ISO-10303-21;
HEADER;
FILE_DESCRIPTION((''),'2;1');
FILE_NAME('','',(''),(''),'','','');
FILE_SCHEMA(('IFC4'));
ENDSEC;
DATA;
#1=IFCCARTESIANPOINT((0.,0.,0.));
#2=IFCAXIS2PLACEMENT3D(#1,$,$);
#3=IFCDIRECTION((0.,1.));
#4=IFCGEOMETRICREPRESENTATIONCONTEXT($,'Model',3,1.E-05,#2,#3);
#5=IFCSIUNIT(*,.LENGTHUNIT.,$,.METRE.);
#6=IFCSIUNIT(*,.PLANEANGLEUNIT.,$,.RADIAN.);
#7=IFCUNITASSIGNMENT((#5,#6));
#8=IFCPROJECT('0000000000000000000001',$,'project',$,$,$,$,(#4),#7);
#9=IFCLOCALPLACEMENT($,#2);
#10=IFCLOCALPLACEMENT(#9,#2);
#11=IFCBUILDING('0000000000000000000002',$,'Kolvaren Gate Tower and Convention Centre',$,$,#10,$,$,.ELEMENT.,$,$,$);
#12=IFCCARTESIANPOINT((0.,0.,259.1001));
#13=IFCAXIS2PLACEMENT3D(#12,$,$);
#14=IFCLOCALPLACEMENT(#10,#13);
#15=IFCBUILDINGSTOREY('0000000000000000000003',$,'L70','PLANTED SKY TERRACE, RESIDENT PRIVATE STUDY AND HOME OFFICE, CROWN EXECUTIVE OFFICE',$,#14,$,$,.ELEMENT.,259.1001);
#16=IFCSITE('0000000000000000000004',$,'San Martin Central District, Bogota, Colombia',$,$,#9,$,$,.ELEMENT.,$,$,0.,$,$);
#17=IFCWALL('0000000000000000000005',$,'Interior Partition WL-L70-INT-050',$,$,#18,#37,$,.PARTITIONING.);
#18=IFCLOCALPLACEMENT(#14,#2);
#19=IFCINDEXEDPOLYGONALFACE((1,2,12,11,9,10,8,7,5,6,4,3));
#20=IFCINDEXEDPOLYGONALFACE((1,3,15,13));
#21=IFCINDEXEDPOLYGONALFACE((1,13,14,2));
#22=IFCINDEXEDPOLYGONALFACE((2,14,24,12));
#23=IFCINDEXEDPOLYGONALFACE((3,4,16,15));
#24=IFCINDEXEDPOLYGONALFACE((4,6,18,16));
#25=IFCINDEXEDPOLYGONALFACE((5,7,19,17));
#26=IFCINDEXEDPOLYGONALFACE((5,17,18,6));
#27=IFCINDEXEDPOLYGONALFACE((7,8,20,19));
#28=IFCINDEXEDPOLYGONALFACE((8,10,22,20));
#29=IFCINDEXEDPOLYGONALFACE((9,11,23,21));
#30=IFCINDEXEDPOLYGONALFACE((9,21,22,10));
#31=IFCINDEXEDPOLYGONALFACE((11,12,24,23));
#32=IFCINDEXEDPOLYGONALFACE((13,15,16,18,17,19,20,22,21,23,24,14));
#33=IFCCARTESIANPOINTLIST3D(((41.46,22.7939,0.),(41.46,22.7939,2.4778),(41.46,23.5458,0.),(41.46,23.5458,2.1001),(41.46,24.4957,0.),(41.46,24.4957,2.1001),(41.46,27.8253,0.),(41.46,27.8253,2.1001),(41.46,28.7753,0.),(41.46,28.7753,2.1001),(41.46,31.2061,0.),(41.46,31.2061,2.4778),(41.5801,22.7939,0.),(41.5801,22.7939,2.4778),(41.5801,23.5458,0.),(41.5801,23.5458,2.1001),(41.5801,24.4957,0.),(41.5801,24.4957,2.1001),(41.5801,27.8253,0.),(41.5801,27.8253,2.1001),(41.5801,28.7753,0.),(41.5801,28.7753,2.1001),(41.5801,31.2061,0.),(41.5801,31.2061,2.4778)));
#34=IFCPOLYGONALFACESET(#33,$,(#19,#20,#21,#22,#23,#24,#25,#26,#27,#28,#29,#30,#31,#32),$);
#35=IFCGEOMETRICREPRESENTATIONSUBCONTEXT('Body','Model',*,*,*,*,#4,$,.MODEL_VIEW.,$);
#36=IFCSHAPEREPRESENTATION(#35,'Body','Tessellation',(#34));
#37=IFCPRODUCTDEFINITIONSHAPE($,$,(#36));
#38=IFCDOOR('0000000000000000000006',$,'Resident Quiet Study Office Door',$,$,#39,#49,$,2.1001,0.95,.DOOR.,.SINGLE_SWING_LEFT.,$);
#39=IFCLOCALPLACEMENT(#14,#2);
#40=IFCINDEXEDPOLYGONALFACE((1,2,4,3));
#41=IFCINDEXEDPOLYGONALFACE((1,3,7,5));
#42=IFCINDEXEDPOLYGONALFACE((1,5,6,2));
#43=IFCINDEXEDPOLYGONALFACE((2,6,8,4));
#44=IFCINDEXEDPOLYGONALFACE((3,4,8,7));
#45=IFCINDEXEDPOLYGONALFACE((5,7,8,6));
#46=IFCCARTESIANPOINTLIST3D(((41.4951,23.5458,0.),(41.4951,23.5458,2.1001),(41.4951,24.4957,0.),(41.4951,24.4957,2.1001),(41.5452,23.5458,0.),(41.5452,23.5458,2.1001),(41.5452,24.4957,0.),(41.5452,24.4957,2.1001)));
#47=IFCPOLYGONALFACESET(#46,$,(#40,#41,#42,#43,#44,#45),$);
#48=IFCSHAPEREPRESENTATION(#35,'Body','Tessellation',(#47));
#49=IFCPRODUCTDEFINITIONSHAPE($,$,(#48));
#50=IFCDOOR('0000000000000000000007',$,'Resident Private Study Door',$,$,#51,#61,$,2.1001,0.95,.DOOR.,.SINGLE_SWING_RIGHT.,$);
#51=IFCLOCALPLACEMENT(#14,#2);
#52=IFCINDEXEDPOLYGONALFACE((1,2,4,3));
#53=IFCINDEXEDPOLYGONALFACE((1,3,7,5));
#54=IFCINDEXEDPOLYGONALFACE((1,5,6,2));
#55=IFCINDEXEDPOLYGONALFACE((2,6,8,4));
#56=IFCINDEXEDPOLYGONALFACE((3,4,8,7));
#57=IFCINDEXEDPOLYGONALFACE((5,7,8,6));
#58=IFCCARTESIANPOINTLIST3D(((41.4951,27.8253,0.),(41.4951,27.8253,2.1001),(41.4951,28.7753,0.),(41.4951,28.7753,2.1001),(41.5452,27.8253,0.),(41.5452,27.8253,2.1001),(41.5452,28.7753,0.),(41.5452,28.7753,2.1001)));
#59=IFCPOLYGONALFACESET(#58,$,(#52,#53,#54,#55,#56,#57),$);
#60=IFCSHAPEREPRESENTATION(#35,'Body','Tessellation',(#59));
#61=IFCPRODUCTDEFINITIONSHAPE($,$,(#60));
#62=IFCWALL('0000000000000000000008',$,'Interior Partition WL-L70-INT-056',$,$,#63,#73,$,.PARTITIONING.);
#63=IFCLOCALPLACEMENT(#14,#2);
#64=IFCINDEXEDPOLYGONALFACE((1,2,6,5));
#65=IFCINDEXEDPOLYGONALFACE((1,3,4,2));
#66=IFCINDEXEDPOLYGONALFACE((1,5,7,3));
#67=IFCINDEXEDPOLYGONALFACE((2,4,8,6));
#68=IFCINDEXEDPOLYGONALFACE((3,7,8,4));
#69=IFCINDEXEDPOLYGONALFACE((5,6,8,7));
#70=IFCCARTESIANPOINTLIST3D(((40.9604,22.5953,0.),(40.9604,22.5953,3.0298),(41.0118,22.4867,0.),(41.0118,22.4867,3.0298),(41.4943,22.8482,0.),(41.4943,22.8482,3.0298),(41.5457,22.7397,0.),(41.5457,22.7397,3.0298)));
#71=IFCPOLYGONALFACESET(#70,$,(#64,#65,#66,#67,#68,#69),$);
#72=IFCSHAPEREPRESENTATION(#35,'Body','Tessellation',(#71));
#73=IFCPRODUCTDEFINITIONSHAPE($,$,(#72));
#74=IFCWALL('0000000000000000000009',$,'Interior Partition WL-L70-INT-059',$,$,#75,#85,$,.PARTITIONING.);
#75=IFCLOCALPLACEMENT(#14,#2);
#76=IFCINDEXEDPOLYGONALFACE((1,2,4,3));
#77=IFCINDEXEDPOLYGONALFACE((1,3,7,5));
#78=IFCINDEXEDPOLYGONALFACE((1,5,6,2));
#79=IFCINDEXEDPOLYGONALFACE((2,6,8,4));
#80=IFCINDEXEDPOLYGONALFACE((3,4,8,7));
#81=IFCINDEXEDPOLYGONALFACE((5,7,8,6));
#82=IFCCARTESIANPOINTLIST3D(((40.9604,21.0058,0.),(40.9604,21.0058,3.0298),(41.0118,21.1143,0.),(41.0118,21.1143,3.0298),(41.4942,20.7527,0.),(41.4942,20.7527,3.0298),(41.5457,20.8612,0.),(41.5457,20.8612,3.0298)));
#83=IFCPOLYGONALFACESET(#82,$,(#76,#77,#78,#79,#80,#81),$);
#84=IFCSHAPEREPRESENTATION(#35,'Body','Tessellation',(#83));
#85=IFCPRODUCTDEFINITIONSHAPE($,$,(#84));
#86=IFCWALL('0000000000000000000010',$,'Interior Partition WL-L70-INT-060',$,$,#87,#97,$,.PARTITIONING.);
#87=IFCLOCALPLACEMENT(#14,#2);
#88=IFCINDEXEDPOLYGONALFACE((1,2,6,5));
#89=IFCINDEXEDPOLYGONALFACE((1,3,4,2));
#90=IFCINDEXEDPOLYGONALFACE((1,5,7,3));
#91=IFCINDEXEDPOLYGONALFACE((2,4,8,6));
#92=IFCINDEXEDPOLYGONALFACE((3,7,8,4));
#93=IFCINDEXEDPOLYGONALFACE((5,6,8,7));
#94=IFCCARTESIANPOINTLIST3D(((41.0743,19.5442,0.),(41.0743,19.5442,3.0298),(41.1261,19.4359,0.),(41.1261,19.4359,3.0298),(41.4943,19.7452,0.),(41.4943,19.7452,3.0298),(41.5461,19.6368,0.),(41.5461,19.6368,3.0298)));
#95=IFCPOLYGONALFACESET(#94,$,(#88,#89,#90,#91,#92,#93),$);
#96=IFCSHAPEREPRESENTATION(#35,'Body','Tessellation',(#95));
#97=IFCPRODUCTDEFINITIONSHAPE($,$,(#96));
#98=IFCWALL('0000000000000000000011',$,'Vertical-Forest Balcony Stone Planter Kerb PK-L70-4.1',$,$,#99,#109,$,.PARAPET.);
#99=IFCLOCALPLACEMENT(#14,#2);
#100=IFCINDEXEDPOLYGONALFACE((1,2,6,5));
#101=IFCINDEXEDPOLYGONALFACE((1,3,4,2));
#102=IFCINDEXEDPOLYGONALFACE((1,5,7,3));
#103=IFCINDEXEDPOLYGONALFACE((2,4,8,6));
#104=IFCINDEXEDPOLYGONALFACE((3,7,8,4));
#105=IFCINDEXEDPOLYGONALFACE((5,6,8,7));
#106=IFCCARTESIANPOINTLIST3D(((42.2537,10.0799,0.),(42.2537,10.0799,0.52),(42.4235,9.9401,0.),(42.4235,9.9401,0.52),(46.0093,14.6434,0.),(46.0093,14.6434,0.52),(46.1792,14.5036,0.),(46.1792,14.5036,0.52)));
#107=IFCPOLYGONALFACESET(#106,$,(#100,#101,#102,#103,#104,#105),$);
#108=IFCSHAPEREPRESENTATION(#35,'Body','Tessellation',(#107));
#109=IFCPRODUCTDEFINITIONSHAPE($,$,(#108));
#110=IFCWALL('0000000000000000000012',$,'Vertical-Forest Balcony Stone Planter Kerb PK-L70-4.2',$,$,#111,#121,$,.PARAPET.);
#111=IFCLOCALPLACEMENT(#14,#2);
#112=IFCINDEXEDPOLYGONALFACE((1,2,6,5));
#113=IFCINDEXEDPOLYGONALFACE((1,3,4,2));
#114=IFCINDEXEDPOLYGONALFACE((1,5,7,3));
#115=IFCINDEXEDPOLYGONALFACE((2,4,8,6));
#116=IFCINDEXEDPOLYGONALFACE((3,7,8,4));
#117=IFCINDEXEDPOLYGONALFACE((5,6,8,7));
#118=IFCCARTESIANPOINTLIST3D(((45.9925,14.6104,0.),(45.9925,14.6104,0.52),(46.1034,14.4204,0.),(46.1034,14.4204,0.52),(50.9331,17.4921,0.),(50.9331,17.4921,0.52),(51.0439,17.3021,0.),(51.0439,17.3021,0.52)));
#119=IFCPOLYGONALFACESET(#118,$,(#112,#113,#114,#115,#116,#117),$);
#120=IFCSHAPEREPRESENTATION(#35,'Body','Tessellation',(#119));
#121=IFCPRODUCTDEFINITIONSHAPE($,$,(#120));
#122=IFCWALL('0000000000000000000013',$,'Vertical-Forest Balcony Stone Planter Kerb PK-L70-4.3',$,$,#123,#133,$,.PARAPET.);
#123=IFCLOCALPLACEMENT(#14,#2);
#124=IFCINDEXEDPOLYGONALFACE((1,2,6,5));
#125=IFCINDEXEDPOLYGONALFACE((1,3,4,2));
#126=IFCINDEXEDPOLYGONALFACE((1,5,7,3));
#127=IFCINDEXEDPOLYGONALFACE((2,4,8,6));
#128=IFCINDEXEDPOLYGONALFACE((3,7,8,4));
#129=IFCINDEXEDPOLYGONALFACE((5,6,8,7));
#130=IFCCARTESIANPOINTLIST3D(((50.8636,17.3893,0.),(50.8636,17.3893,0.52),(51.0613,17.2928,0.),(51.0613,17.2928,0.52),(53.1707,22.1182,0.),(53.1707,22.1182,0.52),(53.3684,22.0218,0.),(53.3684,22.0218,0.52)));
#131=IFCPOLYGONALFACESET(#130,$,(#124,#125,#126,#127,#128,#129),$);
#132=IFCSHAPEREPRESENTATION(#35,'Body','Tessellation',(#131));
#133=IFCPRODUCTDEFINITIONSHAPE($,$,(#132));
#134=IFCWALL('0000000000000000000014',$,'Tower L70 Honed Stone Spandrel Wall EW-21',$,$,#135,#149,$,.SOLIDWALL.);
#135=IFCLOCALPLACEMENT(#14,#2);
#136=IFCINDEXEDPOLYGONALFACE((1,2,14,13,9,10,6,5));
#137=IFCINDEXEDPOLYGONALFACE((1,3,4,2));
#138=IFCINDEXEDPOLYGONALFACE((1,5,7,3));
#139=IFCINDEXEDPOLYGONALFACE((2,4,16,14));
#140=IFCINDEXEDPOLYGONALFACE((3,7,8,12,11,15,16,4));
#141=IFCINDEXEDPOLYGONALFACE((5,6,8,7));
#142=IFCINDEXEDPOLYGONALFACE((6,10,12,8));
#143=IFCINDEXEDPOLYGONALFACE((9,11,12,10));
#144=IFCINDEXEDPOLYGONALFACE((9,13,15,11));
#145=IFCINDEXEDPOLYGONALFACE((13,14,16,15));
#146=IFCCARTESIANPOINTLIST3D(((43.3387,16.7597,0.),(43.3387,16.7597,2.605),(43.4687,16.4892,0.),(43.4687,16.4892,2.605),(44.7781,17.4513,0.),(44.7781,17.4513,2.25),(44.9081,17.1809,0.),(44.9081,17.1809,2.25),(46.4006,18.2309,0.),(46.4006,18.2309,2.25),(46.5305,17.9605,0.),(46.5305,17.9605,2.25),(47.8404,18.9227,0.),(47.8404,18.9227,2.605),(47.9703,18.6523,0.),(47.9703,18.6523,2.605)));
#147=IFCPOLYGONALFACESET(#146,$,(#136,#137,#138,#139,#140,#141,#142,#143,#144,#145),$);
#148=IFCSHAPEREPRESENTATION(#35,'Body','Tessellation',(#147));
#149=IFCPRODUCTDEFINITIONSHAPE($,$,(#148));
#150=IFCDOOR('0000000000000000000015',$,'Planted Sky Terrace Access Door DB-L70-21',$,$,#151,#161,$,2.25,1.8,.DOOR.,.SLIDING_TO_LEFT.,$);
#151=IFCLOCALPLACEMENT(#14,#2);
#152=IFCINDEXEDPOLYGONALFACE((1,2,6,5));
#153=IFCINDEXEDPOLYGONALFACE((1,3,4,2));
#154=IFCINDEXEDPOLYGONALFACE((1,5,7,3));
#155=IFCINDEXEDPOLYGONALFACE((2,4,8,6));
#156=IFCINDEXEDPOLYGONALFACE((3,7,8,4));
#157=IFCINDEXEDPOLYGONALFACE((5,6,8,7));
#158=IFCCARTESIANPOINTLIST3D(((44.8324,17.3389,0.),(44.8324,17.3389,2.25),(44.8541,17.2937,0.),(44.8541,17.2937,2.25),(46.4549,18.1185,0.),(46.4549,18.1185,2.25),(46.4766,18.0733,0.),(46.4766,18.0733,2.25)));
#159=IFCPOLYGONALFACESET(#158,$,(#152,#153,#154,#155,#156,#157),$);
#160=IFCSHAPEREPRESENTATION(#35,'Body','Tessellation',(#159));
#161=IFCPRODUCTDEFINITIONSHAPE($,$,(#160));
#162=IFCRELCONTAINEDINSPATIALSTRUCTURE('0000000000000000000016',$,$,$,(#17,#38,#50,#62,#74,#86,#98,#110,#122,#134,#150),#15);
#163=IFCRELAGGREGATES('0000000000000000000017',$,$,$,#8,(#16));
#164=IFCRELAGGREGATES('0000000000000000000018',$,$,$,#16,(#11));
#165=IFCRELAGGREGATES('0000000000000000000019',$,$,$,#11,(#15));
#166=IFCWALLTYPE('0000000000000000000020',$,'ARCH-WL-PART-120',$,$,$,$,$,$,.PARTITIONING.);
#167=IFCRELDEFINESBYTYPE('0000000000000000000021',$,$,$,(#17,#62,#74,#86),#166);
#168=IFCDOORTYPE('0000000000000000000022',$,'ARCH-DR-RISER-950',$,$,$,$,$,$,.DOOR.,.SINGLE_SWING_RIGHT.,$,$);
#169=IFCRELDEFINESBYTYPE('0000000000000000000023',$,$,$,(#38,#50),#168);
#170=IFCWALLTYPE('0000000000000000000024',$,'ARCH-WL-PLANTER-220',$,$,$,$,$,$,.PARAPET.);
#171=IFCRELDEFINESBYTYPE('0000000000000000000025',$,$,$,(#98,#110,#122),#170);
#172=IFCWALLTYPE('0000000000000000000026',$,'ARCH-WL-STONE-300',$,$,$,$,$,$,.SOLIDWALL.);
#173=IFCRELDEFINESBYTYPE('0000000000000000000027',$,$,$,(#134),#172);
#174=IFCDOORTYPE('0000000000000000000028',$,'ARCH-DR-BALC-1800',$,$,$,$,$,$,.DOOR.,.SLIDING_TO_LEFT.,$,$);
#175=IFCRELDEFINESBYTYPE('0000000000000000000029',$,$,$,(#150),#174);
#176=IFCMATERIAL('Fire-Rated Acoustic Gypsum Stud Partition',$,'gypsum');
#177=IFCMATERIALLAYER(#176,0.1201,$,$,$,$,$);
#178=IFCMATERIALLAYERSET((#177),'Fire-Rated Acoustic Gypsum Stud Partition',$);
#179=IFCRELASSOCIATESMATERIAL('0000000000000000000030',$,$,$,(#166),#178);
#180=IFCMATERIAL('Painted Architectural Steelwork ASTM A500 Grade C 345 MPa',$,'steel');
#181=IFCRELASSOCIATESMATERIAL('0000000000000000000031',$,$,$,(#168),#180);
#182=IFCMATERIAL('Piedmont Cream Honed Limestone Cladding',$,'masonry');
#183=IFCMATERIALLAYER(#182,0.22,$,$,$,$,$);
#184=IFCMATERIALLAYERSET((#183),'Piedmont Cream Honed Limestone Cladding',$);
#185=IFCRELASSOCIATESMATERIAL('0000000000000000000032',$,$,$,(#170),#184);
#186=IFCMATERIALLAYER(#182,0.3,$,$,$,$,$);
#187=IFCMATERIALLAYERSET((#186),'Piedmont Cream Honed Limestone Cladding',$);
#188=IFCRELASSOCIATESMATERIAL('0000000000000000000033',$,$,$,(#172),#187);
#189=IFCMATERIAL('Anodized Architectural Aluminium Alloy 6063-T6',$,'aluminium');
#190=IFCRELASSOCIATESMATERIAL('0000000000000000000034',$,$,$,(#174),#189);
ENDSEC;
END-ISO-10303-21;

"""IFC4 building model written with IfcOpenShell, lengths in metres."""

from ifc_helpers import new_model, si_unit, direction, frame, frame_2d, origin, place, context, subcontext, project, spatial, rectangle, extrude, material, layer, layer_set, type_object, element, fill, save


model = new_model("IFC4")

# Units and contexts
model_context = context("Model", 3, precision=1e-05, world=origin(), true_north=direction((0.0, 1.0)))
body_context = subcontext(model_context, "Body", "Model", "MODEL_VIEW")
ifc_project = project(units=[si_unit("LENGTHUNIT", "METRE"), si_unit("PLANEANGLEUNIT", "RADIAN")], contexts=[model_context])

# Site, building, storey
site_placement = place(None, origin())
site = spatial("IfcSite", under=ifc_project, at=site_placement, Name="San Martin Central District, Bogota, Colombia", CompositionType="ELEMENT", RefElevation=0.0)
building_placement = place(site_placement, origin())
building = spatial("IfcBuilding", under=site, at=building_placement, Name="Kolvaren Gate Tower and Convention Centre", CompositionType="ELEMENT")
storey_placement = place(building_placement, frame((0.0, 0.0, 259.1001)))
storey = spatial("IfcBuildingStorey", under=building, at=storey_placement, Name="L70", Description="PLANTED SKY TERRACE, RESIDENT PRIVATE STUDY AND HOME OFFICE, CROWN EXECUTIVE OFFICE", CompositionType="ELEMENT", Elevation=259.1001)

# Shared definitions
ifc_material_1 = material(Name="Fire-Rated Acoustic Gypsum Stud Partition", Category="gypsum")
ifc_layer_1 = layer(ifc_material_1, 0.1201)
ifc_layer_set_1 = layer_set([ifc_layer_1], Name="Fire-Rated Acoustic Gypsum Stud Partition")
wall_type_1 = type_object("IfcWallType", Name="ARCH-WL-PART-120", PredefinedType="PARTITIONING", material=ifc_layer_set_1)

# Wall, openings, doors
wall_1_placement = place(storey_placement, frame((41.52, 22.7939, 0.0), z_axis=(0.0, 0.0, 1.0), x_axis=(0.0, 1.0, 0.0)))
wall_1 = element("IfcWall", 1, at=wall_1_placement, inside=storey, type_object=wall_type_1, Name="Interior Partition WL-L70-INT-050", PredefinedType="PARTITIONING", context=body_context, shape_type="SweptSolid", body=[
    extrude(rectangle(XDim=8.4121, YDim=0.1201, at=frame_2d((4.2061, 0.0))), origin(), (0.0, 0.0, 1.0), 2.4778),
])
opening_1_placement = place(wall_1_placement, frame((0.7517, 0.0, 0.0)))
opening_1 = element("IfcOpeningElement", 2, at=opening_1_placement, cuts=wall_1, PredefinedType="OPENING", context=body_context, shape_type="SweptSolid", body=[
    extrude(rectangle(XDim=0.95, YDim=2.1001, at=frame_2d((0.4751, 1.05))), frame((0.0, 0.0701, 0.0), z_axis=(0.0, -1.0, 0.0), x_axis=(1.0, 0.0, 0.0)), (0.0, 0.0, 1.0), 0.1401),
])
opening_2_placement = place(wall_1_placement, frame((5.0312, 0.0, 0.0)))
opening_2 = element("IfcOpeningElement", 3, at=opening_2_placement, cuts=wall_1, PredefinedType="OPENING", context=body_context, shape_type="SweptSolid", body=[
    extrude(rectangle(XDim=0.95, YDim=2.1001, at=frame_2d((0.4751, 1.05))), frame((0.0, 0.0701, 0.0), z_axis=(0.0, -1.0, 0.0), x_axis=(1.0, 0.0, 0.0)), (0.0, 0.0, 1.0), 0.1401),
])
ifc_material_2 = material(Name="Painted Architectural Steelwork ASTM A500 Grade C 345 MPa", Category="steel")
door_type_1 = type_object("IfcDoorType", Name="ARCH-DR-RISER-950", OperationType="SINGLE_SWING_RIGHT", PredefinedType="DOOR", material=ifc_material_2)
door_1_placement = place(opening_1_placement, origin())
door_1 = element("IfcDoor", 4, at=door_1_placement, inside=storey, type_object=door_type_1, Name="Resident Quiet Study Office Door", OperationType="SINGLE_SWING_LEFT", OverallHeight=2.1001, OverallWidth=0.95, PredefinedType="DOOR", context=body_context, shape_type="SweptSolid", body=[
    extrude(rectangle(XDim=0.95, YDim=2.1001, at=frame_2d((0.4751, 1.05))), frame((0.0, 0.0249, 0.0), z_axis=(0.0, -1.0, 0.0), x_axis=(1.0, 0.0, 0.0)), (0.0, 0.0, 1.0), 0.05),
])
fill(opening_1, door_1)
door_2_placement = place(opening_2_placement, origin())
door_2 = element("IfcDoor", 5, at=door_2_placement, inside=storey, type_object=door_type_1, Name="Resident Private Study Door", OperationType="SINGLE_SWING_RIGHT", OverallHeight=2.1001, OverallWidth=0.95, PredefinedType="DOOR", context=body_context, shape_type="SweptSolid", body=[
    extrude(rectangle(XDim=0.95, YDim=2.1001, at=frame_2d((0.4751, 1.05))), frame((0.0, 0.0249, 0.0), z_axis=(0.0, -1.0, 0.0), x_axis=(1.0, 0.0, 0.0)), (0.0, 0.0, 1.0), 0.05),
])
fill(opening_2, door_2)

# Walls
for number, where, z_axis, x_axis, name in (
    (6, (40.9861, 22.541, 0.0), (0.0, 0.0, 1.0), (0.903729, 0.428104, 0.0), "Interior Partition WL-L70-INT-056"),
    (7, (40.9861, 21.0601, 0.0), (0.0, 0.0, 1.0), (0.90357, -0.428442, 0.0), "Interior Partition WL-L70-INT-059"),
):
    element("IfcWall", number, at=place(storey_placement, frame(where, z_axis=z_axis, x_axis=x_axis)), inside=storey, type_object=wall_type_1, Name=name, PredefinedType="PARTITIONING", context=body_context, shape_type="SweptSolid", body=[
        extrude(rectangle(XDim=0.5908, YDim=0.1201, at=frame_2d((0.2954, 0.0))), origin(), (0.0, 0.0, 1.0), 3.0298),
    ])
wall_2_placement = place(storey_placement, frame((41.1001, 19.49, 0.0), z_axis=(0.0, 0.0, 1.0), x_axis=(0.902054, 0.431623, 0.0)))
element("IfcWall", 8, at=wall_2_placement, inside=storey, type_object=wall_type_1, Name="Interior Partition WL-L70-INT-060", PredefinedType="PARTITIONING", context=body_context, shape_type="SweptSolid", body=[
    extrude(rectangle(XDim=0.4656, YDim=0.1201, at=frame_2d((0.2329, 0.0))), origin(), (0.0, 0.0, 1.0), 3.0298),
])
ifc_material_3 = material(Name="Piedmont Cream Honed Limestone Cladding", Category="masonry")
ifc_layer_2 = layer(ifc_material_3, 0.22)
ifc_layer_set_2 = layer_set([ifc_layer_2], Name="Piedmont Cream Honed Limestone Cladding")
wall_type_2 = type_object("IfcWallType", Name="ARCH-WL-PLANTER-220", PredefinedType="PARAPET", material=ifc_layer_set_2)
wall_3_placement = place(storey_placement, frame((42.3386, 10.01, 0.0), z_axis=(0.0, 0.0, 1.0), x_axis=(0.635451, 0.772141, 0.0)))
element("IfcWall", 9, at=wall_3_placement, inside=storey, type_object=wall_type_2, Name="Vertical-Forest Balcony Stone Planter Kerb PK-L70-4.1", PredefinedType="PARAPET", context=body_context, shape_type="SweptSolid", body=[
    extrude(rectangle(XDim=5.9102, YDim=0.22, at=frame_2d((2.9551, 0.0))), origin(), (0.0, 0.0, 1.0), 0.52),
])
wall_4_placement = place(storey_placement, frame((46.0479, 14.5154, 0.0), z_axis=(0.0, 0.0, 1.0), x_axis=(0.863804, 0.503829, 0.0)))
element("IfcWall", 10, at=wall_4_placement, inside=storey, type_object=wall_type_2, Name="Vertical-Forest Balcony Stone Planter Kerb PK-L70-4.2", PredefinedType="PARAPET", context=body_context, shape_type="SweptSolid", body=[
    extrude(rectangle(XDim=5.7195, YDim=0.22, at=frame_2d((2.8599, 0.0))), origin(), (0.0, 0.0, 1.0), 0.52),
])
wall_5_placement = place(storey_placement, frame((50.9624, 17.3411, 0.0), z_axis=(0.0, 0.0, 1.0), x_axis=(0.438469, 0.898746, 0.0)))
element("IfcWall", 11, at=wall_5_placement, inside=storey, type_object=wall_type_2, Name="Vertical-Forest Balcony Stone Planter Kerb PK-L70-4.3", PredefinedType="PARAPET", context=body_context, shape_type="SweptSolid", body=[
    extrude(rectangle(XDim=5.2617, YDim=0.22, at=frame_2d((2.6309, 0.0))), origin(), (0.0, 0.0, 1.0), 0.52),
])

# Wall, opening, door
ifc_layer_3 = layer(ifc_material_3, 0.3)
ifc_layer_set_3 = layer_set([ifc_layer_3], Name="Piedmont Cream Honed Limestone Cladding")
wall_type_3 = type_object("IfcWallType", Name="ARCH-WL-STONE-300", PredefinedType="SOLIDWALL", material=ifc_layer_set_3)
wall_6_placement = place(storey_placement, frame((43.4038, 16.6245, 0.0), z_axis=(0.0, 0.0, 1.0), x_axis=(0.901346, 0.4331, 0.0)))
wall_6 = element("IfcWall", 12, at=wall_6_placement, inside=storey, type_object=wall_type_3, Name="Tower L70 Honed Stone Spandrel Wall EW-21", PredefinedType="SOLIDWALL", context=body_context, shape_type="SweptSolid", body=[
    extrude(rectangle(XDim=4.9944, YDim=0.3, at=frame_2d((2.4971, 0.0))), origin(), (0.0, 0.0, 1.0), 2.605),
])
opening_3_placement = place(wall_6_placement, frame((1.5969, 0.0, 0.0)))
opening_3 = element("IfcOpeningElement", 13, at=opening_3_placement, cuts=wall_6, PredefinedType="OPENING", context=body_context, shape_type="SweptSolid", body=[
    extrude(rectangle(XDim=1.8, YDim=2.25, at=frame_2d((0.8999, 1.125))), frame((0.0, 0.1599, 0.0), z_axis=(0.0, -1.0, 0.0), x_axis=(1.0, 0.0, 0.0)), (0.0, 0.0, 1.0), 0.3201),
])
ifc_material_4 = material(Name="Anodized Architectural Aluminium Alloy 6063-T6", Category="aluminium")
door_type_2 = type_object("IfcDoorType", Name="ARCH-DR-BALC-1800", OperationType="SLIDING_TO_LEFT", PredefinedType="DOOR", material=ifc_material_4)
door_3_placement = place(opening_3_placement, frame((1.8, 0.0, 0.0), z_axis=(0.0, 0.0, 1.0), x_axis=(-1.0, 0.0, 0.0)))
door_3 = element("IfcDoor", 14, at=door_3_placement, inside=storey, type_object=door_type_2, Name="Planted Sky Terrace Access Door DB-L70-21", OperationType="SLIDING_TO_LEFT", OverallHeight=2.25, OverallWidth=1.8, PredefinedType="DOOR", context=body_context, shape_type="SweptSolid", body=[
    extrude(rectangle(XDim=1.8, YDim=2.25, at=frame_2d((0.8999, 1.125))), frame((0.0, 0.0249, 0.0), z_axis=(0.0, -1.0, 0.0), x_axis=(1.0, 0.0, 0.0)), (0.0, 0.0, 1.0), 0.05),
])
fill(opening_3, door_3)

save(model, "model.ifc")
